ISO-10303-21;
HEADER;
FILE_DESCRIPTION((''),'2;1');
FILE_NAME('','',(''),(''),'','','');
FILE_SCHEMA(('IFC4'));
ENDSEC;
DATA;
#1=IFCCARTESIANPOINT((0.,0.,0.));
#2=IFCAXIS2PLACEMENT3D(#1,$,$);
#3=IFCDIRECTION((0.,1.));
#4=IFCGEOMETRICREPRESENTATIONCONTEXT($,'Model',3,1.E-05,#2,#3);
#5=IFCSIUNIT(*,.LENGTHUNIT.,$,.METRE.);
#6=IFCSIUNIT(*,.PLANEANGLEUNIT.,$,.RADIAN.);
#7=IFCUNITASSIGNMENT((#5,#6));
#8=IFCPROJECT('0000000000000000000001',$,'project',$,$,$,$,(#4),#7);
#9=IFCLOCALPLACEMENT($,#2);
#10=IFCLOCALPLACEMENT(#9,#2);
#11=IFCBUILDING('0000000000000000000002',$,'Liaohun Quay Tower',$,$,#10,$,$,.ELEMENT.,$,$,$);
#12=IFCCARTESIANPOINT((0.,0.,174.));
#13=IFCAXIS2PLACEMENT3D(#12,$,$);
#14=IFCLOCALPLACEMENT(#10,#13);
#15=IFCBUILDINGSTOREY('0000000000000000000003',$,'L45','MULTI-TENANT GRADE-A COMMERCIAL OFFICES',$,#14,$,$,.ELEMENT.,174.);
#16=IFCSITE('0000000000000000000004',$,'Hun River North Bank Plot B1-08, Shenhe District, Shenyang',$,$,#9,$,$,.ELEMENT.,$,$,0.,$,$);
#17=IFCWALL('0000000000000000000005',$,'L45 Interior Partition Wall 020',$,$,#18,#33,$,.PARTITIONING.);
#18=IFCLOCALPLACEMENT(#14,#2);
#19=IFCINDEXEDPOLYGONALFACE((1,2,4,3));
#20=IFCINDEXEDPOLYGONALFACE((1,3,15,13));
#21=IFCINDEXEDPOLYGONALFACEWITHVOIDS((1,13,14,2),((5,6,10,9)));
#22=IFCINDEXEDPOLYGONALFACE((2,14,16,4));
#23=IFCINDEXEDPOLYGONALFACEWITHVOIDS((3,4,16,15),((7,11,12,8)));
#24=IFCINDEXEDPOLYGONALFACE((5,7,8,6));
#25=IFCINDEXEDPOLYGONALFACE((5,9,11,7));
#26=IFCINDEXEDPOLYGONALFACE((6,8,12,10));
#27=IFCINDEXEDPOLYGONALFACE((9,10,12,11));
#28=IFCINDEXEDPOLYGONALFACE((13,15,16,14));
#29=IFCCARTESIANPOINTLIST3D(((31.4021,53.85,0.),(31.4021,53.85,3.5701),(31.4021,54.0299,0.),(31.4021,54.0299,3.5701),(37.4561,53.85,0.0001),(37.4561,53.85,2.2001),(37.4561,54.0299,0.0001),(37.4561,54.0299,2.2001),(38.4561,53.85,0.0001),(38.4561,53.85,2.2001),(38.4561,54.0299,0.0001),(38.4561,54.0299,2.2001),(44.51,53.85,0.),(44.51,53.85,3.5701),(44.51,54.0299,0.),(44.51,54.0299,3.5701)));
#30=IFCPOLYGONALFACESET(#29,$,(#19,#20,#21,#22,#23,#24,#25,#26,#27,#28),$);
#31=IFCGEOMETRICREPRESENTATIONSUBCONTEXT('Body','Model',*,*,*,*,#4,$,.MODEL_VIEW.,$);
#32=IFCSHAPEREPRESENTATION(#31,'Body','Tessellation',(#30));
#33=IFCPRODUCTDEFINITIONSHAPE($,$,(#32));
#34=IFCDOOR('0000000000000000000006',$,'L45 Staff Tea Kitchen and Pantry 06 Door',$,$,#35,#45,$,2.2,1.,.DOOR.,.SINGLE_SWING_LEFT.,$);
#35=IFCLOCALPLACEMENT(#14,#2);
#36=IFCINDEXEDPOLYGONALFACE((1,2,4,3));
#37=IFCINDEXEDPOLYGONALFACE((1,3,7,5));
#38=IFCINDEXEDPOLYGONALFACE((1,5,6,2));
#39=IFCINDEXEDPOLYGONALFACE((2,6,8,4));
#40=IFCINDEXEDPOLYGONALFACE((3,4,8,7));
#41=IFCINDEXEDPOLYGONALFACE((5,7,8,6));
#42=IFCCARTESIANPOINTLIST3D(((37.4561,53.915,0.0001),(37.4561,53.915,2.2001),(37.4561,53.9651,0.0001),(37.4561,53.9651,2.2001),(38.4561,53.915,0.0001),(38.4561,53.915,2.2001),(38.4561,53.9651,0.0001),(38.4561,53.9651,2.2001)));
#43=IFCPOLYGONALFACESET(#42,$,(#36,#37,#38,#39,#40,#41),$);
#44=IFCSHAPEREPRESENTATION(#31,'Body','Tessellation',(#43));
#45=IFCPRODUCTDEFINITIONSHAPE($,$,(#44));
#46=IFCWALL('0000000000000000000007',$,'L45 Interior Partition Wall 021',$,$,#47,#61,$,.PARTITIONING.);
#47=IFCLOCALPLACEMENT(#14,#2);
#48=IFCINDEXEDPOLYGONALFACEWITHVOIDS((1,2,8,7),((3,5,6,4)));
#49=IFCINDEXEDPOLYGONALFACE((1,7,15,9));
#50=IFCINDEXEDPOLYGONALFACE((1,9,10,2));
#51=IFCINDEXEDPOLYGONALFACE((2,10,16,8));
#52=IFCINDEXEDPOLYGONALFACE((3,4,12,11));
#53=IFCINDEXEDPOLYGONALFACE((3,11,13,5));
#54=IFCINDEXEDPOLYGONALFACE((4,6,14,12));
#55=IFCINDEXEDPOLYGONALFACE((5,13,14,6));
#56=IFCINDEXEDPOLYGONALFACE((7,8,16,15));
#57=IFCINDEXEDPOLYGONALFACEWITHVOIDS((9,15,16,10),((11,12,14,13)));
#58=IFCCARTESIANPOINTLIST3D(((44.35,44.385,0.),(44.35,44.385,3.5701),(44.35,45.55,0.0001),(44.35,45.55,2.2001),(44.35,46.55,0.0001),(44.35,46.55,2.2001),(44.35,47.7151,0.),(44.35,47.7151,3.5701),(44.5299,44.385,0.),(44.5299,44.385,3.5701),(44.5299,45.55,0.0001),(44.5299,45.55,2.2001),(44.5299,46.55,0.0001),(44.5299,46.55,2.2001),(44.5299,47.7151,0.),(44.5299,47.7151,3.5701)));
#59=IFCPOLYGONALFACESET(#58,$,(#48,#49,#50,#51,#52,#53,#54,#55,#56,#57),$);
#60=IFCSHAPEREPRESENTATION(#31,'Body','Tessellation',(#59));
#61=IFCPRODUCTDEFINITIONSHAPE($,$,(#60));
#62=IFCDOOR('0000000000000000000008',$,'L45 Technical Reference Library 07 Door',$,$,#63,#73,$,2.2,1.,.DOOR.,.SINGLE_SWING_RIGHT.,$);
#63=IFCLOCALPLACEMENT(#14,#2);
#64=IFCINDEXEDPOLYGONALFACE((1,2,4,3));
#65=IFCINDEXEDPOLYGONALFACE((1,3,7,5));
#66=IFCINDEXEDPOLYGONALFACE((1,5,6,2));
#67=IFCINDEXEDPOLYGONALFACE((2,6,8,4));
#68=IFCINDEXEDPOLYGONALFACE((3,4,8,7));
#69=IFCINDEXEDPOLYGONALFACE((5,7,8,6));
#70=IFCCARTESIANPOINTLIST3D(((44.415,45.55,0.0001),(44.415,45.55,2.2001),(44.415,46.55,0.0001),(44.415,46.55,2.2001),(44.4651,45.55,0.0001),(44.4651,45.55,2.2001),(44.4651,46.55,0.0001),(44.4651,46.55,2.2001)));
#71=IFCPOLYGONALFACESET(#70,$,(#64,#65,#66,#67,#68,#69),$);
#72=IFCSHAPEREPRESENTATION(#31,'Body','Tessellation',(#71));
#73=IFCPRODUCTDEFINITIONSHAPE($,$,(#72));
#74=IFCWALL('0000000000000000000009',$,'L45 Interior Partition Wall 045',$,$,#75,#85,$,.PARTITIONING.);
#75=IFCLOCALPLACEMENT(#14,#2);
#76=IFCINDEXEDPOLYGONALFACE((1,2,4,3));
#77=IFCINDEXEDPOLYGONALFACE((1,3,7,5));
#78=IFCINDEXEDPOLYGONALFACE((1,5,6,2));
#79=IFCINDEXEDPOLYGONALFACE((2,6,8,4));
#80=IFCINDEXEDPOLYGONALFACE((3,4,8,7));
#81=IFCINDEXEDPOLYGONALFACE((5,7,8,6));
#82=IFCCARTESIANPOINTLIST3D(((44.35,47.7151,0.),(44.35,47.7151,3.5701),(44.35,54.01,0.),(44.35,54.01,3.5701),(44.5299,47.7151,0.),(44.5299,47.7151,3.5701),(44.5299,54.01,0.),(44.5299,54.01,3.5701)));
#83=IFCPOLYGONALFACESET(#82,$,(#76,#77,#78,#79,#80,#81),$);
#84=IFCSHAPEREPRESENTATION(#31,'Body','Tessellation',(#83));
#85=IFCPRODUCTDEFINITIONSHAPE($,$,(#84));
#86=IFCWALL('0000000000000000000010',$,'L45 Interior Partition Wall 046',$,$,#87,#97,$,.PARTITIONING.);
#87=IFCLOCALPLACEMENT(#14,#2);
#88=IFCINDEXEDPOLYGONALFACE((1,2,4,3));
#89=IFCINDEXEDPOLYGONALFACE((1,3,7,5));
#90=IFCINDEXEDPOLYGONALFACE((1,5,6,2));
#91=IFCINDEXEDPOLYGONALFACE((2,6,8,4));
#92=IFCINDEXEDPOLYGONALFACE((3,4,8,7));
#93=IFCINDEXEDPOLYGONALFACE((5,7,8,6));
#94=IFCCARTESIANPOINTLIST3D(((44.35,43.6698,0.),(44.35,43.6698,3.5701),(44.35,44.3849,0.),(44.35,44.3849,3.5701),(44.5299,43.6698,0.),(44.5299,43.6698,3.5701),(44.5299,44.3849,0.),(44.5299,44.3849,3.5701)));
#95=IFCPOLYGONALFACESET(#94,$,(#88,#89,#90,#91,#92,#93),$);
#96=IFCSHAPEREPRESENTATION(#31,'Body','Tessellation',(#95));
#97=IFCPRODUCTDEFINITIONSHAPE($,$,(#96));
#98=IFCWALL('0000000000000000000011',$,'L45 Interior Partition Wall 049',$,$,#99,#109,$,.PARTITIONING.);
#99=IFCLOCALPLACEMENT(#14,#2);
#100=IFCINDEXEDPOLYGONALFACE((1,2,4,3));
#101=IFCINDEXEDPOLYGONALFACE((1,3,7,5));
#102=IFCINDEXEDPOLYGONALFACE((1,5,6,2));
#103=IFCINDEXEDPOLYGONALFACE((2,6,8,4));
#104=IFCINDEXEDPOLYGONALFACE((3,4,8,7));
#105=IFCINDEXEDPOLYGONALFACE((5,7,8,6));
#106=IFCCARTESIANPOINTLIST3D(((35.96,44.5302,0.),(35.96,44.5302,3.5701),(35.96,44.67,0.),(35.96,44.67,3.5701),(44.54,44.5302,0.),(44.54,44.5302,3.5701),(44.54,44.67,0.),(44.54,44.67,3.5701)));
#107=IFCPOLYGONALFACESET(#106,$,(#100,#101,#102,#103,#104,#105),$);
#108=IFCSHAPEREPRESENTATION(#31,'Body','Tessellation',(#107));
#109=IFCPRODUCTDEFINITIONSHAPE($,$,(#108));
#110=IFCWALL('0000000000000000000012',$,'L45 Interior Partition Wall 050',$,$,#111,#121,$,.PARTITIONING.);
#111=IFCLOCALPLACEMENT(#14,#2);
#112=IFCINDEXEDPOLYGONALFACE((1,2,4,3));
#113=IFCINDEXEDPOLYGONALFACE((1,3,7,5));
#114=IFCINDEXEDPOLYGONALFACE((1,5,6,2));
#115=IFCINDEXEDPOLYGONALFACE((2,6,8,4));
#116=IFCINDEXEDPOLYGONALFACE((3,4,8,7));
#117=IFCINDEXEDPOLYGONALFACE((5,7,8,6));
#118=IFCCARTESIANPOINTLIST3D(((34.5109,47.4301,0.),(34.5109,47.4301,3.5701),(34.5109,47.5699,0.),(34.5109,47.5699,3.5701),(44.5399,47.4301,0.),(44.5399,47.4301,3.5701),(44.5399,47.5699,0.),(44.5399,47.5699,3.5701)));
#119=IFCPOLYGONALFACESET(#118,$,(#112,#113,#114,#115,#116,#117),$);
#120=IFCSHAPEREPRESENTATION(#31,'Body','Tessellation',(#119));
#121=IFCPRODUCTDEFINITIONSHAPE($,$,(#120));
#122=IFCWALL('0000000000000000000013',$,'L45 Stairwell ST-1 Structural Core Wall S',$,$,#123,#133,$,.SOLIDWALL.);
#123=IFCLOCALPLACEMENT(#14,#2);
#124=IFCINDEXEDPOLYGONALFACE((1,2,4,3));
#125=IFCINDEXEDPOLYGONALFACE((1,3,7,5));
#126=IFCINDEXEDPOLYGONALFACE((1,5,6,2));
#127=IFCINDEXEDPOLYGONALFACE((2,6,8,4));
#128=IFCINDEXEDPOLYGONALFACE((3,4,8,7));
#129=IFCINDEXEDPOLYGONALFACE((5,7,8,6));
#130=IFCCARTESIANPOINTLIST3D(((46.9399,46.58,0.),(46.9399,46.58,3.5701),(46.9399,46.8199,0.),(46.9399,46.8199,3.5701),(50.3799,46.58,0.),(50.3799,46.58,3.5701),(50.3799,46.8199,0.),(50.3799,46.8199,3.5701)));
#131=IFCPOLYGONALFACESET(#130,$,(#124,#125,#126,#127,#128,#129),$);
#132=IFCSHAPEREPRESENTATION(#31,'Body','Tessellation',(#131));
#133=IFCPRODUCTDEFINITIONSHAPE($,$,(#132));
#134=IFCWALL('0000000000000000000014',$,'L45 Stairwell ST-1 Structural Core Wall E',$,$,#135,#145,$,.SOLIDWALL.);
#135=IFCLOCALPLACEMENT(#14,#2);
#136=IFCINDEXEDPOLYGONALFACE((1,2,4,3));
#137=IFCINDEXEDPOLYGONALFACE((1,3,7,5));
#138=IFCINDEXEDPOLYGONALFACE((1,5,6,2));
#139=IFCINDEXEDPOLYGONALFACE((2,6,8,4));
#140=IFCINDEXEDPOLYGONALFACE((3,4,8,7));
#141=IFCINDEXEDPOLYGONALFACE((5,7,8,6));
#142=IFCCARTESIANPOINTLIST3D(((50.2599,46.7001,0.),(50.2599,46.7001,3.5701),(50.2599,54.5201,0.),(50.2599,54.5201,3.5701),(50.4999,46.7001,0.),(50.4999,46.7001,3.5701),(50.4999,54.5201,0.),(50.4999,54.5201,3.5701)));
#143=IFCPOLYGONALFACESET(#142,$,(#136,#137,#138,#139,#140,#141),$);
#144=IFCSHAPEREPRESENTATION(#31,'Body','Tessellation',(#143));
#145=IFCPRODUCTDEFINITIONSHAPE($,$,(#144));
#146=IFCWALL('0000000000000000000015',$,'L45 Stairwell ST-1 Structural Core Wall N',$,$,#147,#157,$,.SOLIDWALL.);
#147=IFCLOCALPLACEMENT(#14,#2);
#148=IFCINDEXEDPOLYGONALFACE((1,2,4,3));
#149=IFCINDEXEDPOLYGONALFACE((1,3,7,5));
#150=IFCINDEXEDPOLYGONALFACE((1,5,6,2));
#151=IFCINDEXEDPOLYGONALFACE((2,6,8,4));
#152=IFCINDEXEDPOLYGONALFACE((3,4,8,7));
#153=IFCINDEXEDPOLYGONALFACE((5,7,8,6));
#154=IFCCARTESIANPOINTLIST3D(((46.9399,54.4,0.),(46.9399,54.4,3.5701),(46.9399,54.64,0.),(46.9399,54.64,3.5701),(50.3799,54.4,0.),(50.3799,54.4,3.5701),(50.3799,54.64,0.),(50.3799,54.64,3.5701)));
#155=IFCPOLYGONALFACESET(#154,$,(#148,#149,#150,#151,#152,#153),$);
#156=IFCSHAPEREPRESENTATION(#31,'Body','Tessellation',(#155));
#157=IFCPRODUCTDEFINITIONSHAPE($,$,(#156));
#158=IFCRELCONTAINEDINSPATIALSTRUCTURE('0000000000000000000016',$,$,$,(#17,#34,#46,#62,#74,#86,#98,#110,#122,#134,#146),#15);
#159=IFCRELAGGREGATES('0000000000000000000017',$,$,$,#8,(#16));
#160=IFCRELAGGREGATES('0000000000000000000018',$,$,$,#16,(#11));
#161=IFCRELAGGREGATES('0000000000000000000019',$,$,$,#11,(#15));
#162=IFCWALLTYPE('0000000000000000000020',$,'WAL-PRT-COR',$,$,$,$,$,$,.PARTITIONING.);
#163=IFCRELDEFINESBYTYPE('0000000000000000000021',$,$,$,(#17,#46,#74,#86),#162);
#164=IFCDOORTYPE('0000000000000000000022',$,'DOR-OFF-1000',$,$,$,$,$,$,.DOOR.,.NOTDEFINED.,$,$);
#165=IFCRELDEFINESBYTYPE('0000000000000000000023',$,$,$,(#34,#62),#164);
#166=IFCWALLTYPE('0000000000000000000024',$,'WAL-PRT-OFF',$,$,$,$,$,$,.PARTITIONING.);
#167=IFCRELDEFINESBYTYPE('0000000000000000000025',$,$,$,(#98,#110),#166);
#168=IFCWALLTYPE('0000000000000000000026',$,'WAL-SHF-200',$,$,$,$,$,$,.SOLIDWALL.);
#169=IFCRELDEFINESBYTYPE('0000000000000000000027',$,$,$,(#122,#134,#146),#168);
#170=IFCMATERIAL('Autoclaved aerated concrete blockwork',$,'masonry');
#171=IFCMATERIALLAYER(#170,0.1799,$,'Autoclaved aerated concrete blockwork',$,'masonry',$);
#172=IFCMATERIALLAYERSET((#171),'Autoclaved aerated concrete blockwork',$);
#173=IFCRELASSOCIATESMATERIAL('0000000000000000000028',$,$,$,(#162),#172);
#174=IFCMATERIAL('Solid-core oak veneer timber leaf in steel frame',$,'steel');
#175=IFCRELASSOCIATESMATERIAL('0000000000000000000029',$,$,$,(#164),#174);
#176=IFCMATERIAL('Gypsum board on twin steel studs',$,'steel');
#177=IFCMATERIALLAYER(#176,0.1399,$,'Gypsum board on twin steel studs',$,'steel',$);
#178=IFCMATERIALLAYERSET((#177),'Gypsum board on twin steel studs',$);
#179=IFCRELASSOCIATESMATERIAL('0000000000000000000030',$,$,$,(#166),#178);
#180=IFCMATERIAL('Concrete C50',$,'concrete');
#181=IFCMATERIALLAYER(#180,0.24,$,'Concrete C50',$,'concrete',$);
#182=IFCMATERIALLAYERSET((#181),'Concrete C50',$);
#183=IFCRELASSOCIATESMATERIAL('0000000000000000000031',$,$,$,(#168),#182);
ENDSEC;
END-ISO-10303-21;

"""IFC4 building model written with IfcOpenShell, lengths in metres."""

from ifc_helpers import new_model, si_unit, direction, frame, frame_2d, origin, place, context, subcontext, project, spatial, rectangle, extrude, source, transform, mapped, material, layer, layer_set, type_object, element, fill, save


model = new_model("IFC4")

# Units and contexts
model_context = context("Model", 3, precision=1e-05, world=origin(), true_north=direction((0.0, 1.0)))
body_context = subcontext(model_context, "Body", "Model", "MODEL_VIEW")
ifc_project = project(units=[si_unit("LENGTHUNIT", "METRE"), si_unit("PLANEANGLEUNIT", "RADIAN")], contexts=[model_context])

# Site, building, storey
site_placement = place(None, origin())
site = spatial("IfcSite", under=ifc_project, at=site_placement, Name="Hun River North Bank Plot B1-08, Shenhe District, Shenyang", CompositionType="ELEMENT", RefElevation=0.0)
building_placement = place(site_placement, origin())
building = spatial("IfcBuilding", under=site, at=building_placement, Name="Liaohun Quay Tower", CompositionType="ELEMENT")
storey_placement = place(building_placement, frame((0.0, 0.0, 174.0)))
storey = spatial("IfcBuildingStorey", under=building, at=storey_placement, Name="L45", Description="MULTI-TENANT GRADE-A COMMERCIAL OFFICES", CompositionType="ELEMENT", Elevation=174.0)

# Walls, openings, doors
ifc_material_1 = material(Name="Autoclaved aerated concrete blockwork", Category="masonry")
ifc_layer_1 = layer(ifc_material_1, 0.1799, Name="Autoclaved aerated concrete blockwork", Category="masonry")
ifc_layer_set_1 = layer_set([ifc_layer_1], Name="Autoclaved aerated concrete blockwork")
wall_type_1 = type_object("IfcWallType", Name="WAL-PRT-COR", PredefinedType="PARTITIONING", material=ifc_layer_set_1)
wall_1_placement = place(storey_placement, frame((44.51, 53.9399, 0.0), z_axis=(0.0, 0.0, 1.0), x_axis=(-1.0, 0.0, 0.0)))
wall_1 = element("IfcWall", 1, at=wall_1_placement, inside=storey, type_object=wall_type_1, Name="L45 Interior Partition Wall 020", PredefinedType="PARTITIONING", context=body_context, shape_type="SweptSolid", body=[
    extrude(rectangle(XDim=13.1079, YDim=0.1799, at=frame_2d((6.554, 0.0))), origin(), (0.0, 0.0, 1.0), 3.5701),
])
shared_shape_1 = source(origin(), body_context, "Body", "SweptSolid", [
    extrude(rectangle(XDim=1.0, YDim=2.2, at=frame_2d((0.5, 1.1001))), frame((0.0, 0.0999, 0.0), z_axis=(0.0, -1.0, 0.0), x_axis=(1.0, 0.0, 0.0)), (0.0, 0.0, 1.0), 0.2),
])
opening_1_placement = place(wall_1_placement, frame((6.054, 0.0, 0.0)))
opening_1 = element("IfcOpeningElement", 2, at=opening_1_placement, cuts=wall_1, PredefinedType="OPENING", context=body_context, shape_type="MappedRepresentation", body=[
    mapped(shared_shape_1, transform((0.0, 0.0, 0.0), x_axis=(1.0, 0.0, 0.0), y_axis=(0.0, 1.0, 0.0), z_axis=(0.0, 0.0, 1.0), scale=1.0)),
])
ifc_material_2 = material(Name="Solid-core oak veneer timber leaf in steel frame", Category="steel")
door_type_1 = type_object("IfcDoorType", Name="DOR-OFF-1000", OperationType="NOTDEFINED", PredefinedType="DOOR", material=ifc_material_2)
shared_shape_2 = source(origin(), body_context, "Body", "SweptSolid", [
    extrude(rectangle(XDim=1.0, YDim=2.2, at=frame_2d((0.5, 1.1001))), frame((0.0, 0.0249, 0.0), z_axis=(0.0, -1.0, 0.0), x_axis=(1.0, 0.0, 0.0)), (0.0, 0.0, 1.0), 0.05),
])
door_1_placement = place(opening_1_placement, origin())
door_1 = element("IfcDoor", 3, at=door_1_placement, inside=storey, type_object=door_type_1, Name="L45 Staff Tea Kitchen and Pantry 06 Door", OperationType="SINGLE_SWING_LEFT", OverallHeight=2.2, OverallWidth=1.0, PredefinedType="DOOR", context=body_context, shape_type="MappedRepresentation", body=[
    mapped(shared_shape_2, transform((0.0, 0.0, 0.0), x_axis=(1.0, 0.0, 0.0), y_axis=(0.0, 1.0, 0.0), z_axis=(0.0, 0.0, 1.0), scale=1.0)),
])
fill(opening_1, door_1)
wall_2_placement = place(storey_placement, frame((44.4399, 44.385, 0.0), z_axis=(0.0, 0.0, 1.0), x_axis=(0.0, 1.0, 0.0)))
wall_2 = element("IfcWall", 4, at=wall_2_placement, inside=storey, type_object=wall_type_1, Name="L45 Interior Partition Wall 021", PredefinedType="PARTITIONING", context=body_context, shape_type="SweptSolid", body=[
    extrude(rectangle(XDim=3.3301, YDim=0.1799, at=frame_2d((1.665, 0.0))), origin(), (0.0, 0.0, 1.0), 3.5701),
])
opening_2_placement = place(wall_2_placement, frame((1.165, 0.0, 0.0)))
opening_2 = element("IfcOpeningElement", 5, at=opening_2_placement, cuts=wall_2, PredefinedType="OPENING", context=body_context, shape_type="MappedRepresentation", body=[
    mapped(shared_shape_1, transform((0.0, 0.0, 0.0), x_axis=(1.0, 0.0, 0.0), y_axis=(0.0, 1.0, 0.0), z_axis=(0.0, 0.0, 1.0), scale=1.0)),
])
door_2_placement = place(opening_2_placement, origin())
door_2 = element("IfcDoor", 6, at=door_2_placement, inside=storey, type_object=door_type_1, Name="L45 Technical Reference Library 07 Door", OperationType="SINGLE_SWING_RIGHT", OverallHeight=2.2, OverallWidth=1.0, PredefinedType="DOOR", context=body_context, shape_type="MappedRepresentation", body=[
    mapped(shared_shape_2, transform((0.0, 0.0, 0.0), x_axis=(1.0, 0.0, 0.0), y_axis=(0.0, 1.0, 0.0), z_axis=(0.0, 0.0, 1.0), scale=1.0)),
])
fill(opening_2, door_2)

# Walls
wall_3_placement = place(storey_placement, frame((44.4399, 47.7151, 0.0), z_axis=(0.0, 0.0, 1.0), x_axis=(0.0, 1.0, 0.0)))
element("IfcWall", 7, at=wall_3_placement, inside=storey, type_object=wall_type_1, Name="L45 Interior Partition Wall 045", PredefinedType="PARTITIONING", context=body_context, shape_type="SweptSolid", body=[
    extrude(rectangle(XDim=6.2949, YDim=0.1799, at=frame_2d((3.1475, 0.0))), origin(), (0.0, 0.0, 1.0), 3.5701),
])
wall_4_placement = place(storey_placement, frame((44.4399, 43.6699, 0.0), z_axis=(0.0, 0.0, 1.0), x_axis=(0.0, 1.0, 0.0)))
element("IfcWall", 8, at=wall_4_placement, inside=storey, type_object=wall_type_1, Name="L45 Interior Partition Wall 046", PredefinedType="PARTITIONING", context=body_context, shape_type="SweptSolid", body=[
    extrude(rectangle(XDim=0.7151, YDim=0.1799, at=frame_2d((0.3574, 0.0))), origin(), (0.0, 0.0, 1.0), 3.5701),
])
ifc_material_3 = material(Name="Gypsum board on twin steel studs", Category="steel")
ifc_layer_2 = layer(ifc_material_3, 0.1399, Name="Gypsum board on twin steel studs", Category="steel")
ifc_layer_set_2 = layer_set([ifc_layer_2], Name="Gypsum board on twin steel studs")
wall_type_2 = type_object("IfcWallType", Name="WAL-PRT-OFF", PredefinedType="PARTITIONING", material=ifc_layer_set_2)
wall_5_placement = place(storey_placement, frame((44.54, 44.6001, 0.0), z_axis=(0.0, 0.0, 1.0), x_axis=(-1.0, 0.0, 0.0)))
element("IfcWall", 9, at=wall_5_placement, inside=storey, type_object=wall_type_2, Name="L45 Interior Partition Wall 049", PredefinedType="PARTITIONING", context=body_context, shape_type="SweptSolid", body=[
    extrude(rectangle(XDim=8.5801, YDim=0.1399, at=frame_2d((4.29, 0.0))), origin(), (0.0, 0.0, 1.0), 3.5701),
])
wall_6_placement = place(storey_placement, frame((44.54, 47.5, 0.0), z_axis=(0.0, 0.0, 1.0), x_axis=(-1.0, 0.0, 0.0)))
element("IfcWall", 10, at=wall_6_placement, inside=storey, type_object=wall_type_2, Name="L45 Interior Partition Wall 050", PredefinedType="PARTITIONING", context=body_context, shape_type="SweptSolid", body=[
    extrude(rectangle(XDim=10.0291, YDim=0.1399, at=frame_2d((5.0146, 0.0))), origin(), (0.0, 0.0, 1.0), 3.5701),
])
ifc_material_4 = material(Name="Concrete C50", Category="concrete")
ifc_layer_3 = layer(ifc_material_4, 0.24, Name="Concrete C50", Category="concrete")
ifc_layer_set_3 = layer_set([ifc_layer_3], Name="Concrete C50")
wall_type_3 = type_object("IfcWallType", Name="WAL-SHF-200", PredefinedType="SOLIDWALL", material=ifc_layer_set_3)
wall_7_placement = place(storey_placement, frame((46.9399, 46.7, 0.0), z_axis=(0.0, 0.0, 1.0), x_axis=(1.0, 0.0, 0.0)))
element("IfcWall", 11, at=wall_7_placement, inside=storey, type_object=wall_type_3, Name="L45 Stairwell ST-1 Structural Core Wall S", PredefinedType="SOLIDWALL", context=body_context, shape_type="SweptSolid", body=[
    extrude(rectangle(XDim=3.4399, YDim=0.24, at=frame_2d((1.72, 0.0))), origin(), (0.0, 0.0, 1.0), 3.5701),
])
wall_8_placement = place(storey_placement, frame((50.3799, 46.7, 0.0), z_axis=(0.0, 0.0, 1.0), x_axis=(0.0, 1.0, 0.0)))
element("IfcWall", 12, at=wall_8_placement, inside=storey, type_object=wall_type_3, Name="L45 Stairwell ST-1 Structural Core Wall E", PredefinedType="SOLIDWALL", context=body_context, shape_type="SweptSolid", body=[
    extrude(rectangle(XDim=7.8201, YDim=0.24, at=frame_2d((3.9102, 0.0))), origin(), (0.0, 0.0, 1.0), 3.5701),
])
wall_9_placement = place(storey_placement, frame((50.3799, 54.52, 0.0), z_axis=(0.0, 0.0, 1.0), x_axis=(-1.0, 0.0, 0.0)))
element("IfcWall", 13, at=wall_9_placement, inside=storey, type_object=wall_type_3, Name="L45 Stairwell ST-1 Structural Core Wall N", PredefinedType="SOLIDWALL", context=body_context, shape_type="SweptSolid", body=[
    extrude(rectangle(XDim=3.4399, YDim=0.24, at=frame_2d((1.72, 0.0))), origin(), (0.0, 0.0, 1.0), 3.5701),
])

save(model, "model.ifc")
